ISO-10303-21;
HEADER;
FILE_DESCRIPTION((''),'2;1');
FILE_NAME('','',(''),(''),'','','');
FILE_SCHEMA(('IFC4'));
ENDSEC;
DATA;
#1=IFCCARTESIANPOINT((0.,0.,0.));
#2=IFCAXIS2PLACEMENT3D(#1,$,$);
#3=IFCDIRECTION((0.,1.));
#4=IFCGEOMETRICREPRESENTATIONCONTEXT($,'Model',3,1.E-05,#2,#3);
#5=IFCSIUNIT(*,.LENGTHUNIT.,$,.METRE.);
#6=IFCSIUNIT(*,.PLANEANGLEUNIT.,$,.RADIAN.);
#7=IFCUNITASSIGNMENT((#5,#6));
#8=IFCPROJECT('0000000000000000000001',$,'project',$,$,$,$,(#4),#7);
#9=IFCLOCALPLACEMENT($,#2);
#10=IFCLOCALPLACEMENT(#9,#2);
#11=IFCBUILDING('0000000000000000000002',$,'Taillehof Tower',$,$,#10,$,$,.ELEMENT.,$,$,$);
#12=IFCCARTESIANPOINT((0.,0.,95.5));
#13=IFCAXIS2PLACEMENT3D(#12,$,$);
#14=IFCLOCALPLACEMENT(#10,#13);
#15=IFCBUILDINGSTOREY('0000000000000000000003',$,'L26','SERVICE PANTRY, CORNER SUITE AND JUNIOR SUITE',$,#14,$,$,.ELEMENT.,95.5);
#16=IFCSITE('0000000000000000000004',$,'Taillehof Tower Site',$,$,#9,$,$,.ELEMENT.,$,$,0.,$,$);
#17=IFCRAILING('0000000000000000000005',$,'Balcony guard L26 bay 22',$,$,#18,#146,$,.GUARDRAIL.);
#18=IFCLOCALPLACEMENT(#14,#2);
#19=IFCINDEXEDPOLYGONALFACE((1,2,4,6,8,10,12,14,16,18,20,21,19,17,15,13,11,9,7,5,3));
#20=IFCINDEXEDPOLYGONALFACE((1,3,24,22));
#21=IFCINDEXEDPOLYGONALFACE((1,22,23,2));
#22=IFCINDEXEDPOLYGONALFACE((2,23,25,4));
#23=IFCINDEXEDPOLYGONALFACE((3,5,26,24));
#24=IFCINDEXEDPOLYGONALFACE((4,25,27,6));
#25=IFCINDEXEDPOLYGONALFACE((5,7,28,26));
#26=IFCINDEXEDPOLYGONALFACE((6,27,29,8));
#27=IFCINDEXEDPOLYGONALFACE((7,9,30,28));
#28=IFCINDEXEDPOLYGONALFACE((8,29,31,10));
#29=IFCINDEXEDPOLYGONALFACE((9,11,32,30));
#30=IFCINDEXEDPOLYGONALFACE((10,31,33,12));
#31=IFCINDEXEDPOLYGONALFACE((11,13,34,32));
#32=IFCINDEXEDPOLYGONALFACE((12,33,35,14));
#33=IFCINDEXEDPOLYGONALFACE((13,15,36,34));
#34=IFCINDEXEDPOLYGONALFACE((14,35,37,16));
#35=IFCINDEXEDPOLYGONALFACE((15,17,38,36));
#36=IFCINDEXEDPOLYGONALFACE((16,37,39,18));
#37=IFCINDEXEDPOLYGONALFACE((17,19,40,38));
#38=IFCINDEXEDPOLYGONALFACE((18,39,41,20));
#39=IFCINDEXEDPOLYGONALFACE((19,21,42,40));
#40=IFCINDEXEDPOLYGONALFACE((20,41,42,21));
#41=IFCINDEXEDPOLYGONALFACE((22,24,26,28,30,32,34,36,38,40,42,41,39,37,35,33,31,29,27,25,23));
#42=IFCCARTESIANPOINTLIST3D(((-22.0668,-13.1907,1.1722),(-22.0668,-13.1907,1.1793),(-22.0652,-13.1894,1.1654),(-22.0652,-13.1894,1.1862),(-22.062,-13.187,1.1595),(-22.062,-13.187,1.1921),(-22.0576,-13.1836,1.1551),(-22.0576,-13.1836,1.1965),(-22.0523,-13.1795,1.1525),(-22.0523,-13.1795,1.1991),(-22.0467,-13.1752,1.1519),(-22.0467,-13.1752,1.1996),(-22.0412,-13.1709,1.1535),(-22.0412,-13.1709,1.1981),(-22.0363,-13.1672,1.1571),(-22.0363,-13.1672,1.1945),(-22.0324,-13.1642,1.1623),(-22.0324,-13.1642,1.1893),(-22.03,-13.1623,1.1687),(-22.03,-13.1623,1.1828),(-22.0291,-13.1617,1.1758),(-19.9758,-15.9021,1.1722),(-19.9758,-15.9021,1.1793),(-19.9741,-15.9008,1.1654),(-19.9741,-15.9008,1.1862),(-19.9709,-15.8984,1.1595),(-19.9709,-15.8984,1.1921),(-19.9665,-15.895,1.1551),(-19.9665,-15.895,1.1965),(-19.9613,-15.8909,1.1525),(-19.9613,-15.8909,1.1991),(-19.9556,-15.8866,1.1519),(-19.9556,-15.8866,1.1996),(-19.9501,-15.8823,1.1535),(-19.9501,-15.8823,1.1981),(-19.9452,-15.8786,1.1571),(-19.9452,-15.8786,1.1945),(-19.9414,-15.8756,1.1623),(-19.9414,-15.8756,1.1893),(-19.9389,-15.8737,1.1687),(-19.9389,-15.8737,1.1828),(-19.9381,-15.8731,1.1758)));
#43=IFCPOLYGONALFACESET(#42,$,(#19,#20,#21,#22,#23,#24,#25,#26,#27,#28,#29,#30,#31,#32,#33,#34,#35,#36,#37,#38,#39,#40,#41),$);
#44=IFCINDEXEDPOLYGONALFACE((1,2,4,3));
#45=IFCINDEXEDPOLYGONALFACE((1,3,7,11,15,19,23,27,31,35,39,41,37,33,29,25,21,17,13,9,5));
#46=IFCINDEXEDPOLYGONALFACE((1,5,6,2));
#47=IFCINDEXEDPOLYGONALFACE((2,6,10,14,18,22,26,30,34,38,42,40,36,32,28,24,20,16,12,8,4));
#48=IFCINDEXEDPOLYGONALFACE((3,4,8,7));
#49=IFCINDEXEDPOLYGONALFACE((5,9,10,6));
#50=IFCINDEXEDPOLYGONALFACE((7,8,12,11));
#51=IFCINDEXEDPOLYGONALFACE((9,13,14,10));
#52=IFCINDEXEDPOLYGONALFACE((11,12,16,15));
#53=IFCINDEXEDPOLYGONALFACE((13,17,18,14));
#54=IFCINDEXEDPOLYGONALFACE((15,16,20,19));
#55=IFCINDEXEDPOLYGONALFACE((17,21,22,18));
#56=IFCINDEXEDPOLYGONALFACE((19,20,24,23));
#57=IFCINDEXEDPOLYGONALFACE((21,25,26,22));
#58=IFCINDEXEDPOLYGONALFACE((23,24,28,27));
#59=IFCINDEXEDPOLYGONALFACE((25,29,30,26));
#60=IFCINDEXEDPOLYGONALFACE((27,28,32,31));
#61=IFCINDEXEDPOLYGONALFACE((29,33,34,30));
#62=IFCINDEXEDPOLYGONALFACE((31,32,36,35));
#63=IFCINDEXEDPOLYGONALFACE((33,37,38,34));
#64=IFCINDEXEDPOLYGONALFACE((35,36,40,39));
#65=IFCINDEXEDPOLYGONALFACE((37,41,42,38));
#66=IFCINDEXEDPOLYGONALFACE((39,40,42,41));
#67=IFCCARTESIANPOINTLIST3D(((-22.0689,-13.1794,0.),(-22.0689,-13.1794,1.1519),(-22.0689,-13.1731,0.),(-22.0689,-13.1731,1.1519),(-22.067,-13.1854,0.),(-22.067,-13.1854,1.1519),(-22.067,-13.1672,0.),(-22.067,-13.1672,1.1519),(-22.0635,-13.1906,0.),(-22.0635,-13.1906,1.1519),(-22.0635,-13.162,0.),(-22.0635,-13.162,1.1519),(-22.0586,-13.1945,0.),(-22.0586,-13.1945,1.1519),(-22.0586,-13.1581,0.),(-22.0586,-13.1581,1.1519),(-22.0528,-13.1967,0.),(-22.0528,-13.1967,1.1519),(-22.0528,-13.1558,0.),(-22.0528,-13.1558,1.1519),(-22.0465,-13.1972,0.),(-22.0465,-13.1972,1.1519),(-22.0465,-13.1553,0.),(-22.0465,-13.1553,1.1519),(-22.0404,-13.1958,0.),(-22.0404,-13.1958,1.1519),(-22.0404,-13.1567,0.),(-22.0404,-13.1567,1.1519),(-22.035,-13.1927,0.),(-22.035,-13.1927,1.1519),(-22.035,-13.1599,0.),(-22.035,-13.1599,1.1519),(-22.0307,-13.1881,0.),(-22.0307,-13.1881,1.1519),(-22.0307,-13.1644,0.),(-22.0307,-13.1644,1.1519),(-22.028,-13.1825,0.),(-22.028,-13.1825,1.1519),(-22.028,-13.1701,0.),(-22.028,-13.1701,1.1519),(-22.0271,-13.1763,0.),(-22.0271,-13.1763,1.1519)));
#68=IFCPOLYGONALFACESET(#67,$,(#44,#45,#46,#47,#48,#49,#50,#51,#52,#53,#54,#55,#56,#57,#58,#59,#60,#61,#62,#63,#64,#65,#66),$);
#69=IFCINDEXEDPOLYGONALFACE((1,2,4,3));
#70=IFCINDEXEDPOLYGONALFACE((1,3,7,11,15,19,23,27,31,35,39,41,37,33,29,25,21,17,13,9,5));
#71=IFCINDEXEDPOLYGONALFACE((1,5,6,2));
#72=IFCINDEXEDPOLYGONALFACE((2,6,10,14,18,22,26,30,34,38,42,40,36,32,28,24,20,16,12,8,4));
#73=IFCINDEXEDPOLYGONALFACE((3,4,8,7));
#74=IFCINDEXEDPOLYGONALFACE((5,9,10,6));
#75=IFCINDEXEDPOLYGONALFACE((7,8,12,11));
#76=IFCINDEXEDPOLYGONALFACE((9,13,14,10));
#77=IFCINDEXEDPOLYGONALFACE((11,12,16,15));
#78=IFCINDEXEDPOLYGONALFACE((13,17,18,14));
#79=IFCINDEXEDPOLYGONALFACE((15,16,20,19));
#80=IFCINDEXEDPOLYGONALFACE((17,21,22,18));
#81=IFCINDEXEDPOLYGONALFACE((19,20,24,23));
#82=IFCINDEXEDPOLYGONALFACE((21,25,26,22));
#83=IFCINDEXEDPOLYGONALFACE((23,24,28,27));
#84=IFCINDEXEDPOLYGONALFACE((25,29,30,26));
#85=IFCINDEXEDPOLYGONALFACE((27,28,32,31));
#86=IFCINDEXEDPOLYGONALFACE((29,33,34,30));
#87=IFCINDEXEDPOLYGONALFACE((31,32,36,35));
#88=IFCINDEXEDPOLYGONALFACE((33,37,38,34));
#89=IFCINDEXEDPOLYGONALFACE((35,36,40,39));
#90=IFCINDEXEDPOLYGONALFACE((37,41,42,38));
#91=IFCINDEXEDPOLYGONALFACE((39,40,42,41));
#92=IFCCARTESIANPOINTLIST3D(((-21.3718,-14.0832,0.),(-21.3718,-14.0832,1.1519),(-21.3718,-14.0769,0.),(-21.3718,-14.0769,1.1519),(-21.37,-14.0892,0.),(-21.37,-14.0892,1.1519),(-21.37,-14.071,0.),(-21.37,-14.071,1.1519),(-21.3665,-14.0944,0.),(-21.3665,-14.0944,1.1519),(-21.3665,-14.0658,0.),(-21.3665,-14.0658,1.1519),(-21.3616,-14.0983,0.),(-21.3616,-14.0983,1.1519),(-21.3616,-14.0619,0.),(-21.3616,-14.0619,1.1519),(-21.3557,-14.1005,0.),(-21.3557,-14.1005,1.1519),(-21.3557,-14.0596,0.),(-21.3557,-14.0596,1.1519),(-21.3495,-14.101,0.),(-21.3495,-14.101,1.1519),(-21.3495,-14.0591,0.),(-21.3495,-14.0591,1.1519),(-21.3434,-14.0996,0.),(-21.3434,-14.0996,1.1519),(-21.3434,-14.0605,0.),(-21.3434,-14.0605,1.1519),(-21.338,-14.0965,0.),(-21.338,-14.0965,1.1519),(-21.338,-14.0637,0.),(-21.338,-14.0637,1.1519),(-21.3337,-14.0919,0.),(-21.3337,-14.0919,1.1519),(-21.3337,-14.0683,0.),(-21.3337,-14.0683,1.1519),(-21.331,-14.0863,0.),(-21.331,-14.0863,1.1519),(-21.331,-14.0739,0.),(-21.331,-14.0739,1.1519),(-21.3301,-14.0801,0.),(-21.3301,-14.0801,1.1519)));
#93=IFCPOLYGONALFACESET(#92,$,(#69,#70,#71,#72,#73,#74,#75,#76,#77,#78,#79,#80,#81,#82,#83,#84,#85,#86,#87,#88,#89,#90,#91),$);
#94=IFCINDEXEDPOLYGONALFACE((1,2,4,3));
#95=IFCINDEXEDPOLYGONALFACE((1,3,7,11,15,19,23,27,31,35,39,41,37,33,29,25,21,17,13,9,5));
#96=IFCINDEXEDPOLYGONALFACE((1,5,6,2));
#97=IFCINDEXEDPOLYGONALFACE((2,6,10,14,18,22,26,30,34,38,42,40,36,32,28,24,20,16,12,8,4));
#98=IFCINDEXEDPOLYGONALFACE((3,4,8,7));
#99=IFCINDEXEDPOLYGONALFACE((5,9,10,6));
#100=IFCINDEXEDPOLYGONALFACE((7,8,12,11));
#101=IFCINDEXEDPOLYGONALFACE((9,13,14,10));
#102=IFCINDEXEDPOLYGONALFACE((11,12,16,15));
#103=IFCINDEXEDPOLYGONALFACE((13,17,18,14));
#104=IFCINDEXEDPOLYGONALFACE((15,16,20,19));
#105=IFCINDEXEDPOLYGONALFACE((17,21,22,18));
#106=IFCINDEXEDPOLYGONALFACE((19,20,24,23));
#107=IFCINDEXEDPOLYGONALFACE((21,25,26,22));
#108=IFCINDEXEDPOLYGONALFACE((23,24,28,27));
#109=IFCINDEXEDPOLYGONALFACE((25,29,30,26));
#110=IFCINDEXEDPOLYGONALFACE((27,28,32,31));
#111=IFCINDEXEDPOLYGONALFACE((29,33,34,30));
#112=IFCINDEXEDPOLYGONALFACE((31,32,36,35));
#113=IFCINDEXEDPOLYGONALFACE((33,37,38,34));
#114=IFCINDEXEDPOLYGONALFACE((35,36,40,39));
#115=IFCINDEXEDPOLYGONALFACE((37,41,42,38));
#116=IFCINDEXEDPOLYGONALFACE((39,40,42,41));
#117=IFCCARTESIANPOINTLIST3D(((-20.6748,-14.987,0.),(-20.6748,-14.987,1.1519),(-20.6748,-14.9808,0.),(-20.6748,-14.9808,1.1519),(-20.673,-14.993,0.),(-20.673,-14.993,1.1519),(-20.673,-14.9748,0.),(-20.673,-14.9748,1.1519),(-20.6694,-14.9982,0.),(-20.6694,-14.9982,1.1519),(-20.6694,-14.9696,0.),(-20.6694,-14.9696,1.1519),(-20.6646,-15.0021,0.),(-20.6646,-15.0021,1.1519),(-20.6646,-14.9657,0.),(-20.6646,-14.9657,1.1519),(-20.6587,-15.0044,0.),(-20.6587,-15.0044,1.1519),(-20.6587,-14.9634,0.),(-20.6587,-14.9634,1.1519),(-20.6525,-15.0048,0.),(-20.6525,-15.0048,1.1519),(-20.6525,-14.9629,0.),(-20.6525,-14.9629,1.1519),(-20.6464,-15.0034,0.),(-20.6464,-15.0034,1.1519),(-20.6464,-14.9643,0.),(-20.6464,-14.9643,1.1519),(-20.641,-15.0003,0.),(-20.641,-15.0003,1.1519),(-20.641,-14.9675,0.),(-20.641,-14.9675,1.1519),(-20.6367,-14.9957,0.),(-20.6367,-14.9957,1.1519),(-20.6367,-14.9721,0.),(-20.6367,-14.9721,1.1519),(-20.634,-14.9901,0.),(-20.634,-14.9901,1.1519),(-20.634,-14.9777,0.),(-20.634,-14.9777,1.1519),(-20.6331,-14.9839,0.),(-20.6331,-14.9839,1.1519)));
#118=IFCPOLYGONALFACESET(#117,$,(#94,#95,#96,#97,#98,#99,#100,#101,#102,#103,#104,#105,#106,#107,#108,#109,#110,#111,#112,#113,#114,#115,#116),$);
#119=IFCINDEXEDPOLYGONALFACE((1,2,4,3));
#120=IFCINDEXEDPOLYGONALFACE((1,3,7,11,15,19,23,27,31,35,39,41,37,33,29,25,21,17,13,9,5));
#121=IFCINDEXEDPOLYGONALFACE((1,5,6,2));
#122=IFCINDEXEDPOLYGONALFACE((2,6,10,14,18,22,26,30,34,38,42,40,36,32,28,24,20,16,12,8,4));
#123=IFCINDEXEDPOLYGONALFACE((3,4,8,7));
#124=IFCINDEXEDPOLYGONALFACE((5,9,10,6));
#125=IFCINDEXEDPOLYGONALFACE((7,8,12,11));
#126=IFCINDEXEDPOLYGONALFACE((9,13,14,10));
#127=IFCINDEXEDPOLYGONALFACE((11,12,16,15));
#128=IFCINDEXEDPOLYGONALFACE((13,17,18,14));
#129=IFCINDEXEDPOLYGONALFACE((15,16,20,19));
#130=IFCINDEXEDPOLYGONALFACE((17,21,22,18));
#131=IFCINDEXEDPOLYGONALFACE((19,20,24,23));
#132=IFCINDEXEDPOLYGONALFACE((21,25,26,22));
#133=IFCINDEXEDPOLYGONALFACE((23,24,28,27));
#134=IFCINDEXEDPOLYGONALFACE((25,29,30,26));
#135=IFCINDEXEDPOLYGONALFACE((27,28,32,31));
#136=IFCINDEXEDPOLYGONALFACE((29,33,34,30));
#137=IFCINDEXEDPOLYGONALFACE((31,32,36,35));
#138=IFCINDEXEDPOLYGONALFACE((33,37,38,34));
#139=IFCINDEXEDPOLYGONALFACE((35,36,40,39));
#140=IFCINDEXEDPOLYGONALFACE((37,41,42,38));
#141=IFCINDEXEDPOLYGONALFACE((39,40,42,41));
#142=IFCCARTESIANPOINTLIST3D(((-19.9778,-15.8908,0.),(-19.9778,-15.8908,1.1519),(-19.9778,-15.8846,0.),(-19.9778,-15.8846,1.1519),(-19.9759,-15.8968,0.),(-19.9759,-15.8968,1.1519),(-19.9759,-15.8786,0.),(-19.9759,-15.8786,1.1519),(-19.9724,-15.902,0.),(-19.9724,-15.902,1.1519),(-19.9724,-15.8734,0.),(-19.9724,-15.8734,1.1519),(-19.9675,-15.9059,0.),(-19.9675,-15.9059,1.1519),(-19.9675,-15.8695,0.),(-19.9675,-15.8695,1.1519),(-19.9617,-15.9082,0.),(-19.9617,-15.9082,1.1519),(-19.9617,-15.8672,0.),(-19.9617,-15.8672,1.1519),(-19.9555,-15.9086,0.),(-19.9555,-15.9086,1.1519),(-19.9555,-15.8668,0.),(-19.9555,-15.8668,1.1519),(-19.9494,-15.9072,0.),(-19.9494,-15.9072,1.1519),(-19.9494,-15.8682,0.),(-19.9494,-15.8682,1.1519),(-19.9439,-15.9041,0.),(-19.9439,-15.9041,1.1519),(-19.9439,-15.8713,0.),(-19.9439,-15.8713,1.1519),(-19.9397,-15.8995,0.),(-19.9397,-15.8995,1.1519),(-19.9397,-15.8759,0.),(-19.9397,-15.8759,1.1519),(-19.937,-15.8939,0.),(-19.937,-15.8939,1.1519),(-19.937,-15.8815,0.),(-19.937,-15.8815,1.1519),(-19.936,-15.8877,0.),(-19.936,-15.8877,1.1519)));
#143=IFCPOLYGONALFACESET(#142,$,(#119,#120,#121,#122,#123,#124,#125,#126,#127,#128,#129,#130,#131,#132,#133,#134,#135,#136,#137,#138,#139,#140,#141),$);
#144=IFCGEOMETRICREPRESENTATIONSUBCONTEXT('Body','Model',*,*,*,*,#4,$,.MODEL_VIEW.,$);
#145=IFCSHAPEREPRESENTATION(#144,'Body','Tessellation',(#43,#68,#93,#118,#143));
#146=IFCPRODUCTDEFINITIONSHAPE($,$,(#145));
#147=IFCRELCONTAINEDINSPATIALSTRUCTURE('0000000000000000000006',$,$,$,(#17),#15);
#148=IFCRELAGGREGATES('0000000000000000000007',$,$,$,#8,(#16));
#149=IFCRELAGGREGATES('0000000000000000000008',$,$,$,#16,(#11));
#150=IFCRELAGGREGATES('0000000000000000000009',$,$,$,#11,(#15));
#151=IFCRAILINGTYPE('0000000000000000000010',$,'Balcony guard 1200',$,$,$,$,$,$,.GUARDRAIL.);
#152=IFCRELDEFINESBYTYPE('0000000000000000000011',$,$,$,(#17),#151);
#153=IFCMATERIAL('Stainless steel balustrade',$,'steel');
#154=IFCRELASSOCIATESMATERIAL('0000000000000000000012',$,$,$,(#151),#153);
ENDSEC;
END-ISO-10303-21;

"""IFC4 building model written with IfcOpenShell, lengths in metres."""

from ifc_helpers import new_model, si_unit, direction, frame, origin, origin_2d, place, context, subcontext, project, spatial, circle, extrude, material, type_object, element, save


model = new_model("IFC4")

# Units and contexts
model_context = context("Model", 3, precision=1e-05, world=origin(), true_north=direction((0.0, 1.0)))
body_context = subcontext(model_context, "Body", "Model", "MODEL_VIEW")
ifc_project = project(units=[si_unit("LENGTHUNIT", "METRE"), si_unit("PLANEANGLEUNIT", "RADIAN")], contexts=[model_context])

# Site, building, storey
site_placement = place(None, origin())
site = spatial("IfcSite", under=ifc_project, at=site_placement, Name="Taillehof Tower Site", CompositionType="ELEMENT", RefElevation=0.0)
building_placement = place(site_placement, origin())
building = spatial("IfcBuilding", under=site, at=building_placement, Name="Taillehof Tower", CompositionType="ELEMENT")
storey_placement = place(building_placement, frame((0.0, 0.0, 95.5)))
storey = spatial("IfcBuildingStorey", under=building, at=storey_placement, Name="L26", Description="SERVICE PANTRY, CORNER SUITE AND JUNIOR SUITE", CompositionType="ELEMENT", Elevation=95.5)

# Railing
ifc_material_1 = material(Name="Stainless steel balustrade", Category="steel")
railing_type = type_object("IfcRailingType", Name="Balcony guard 1200", PredefinedType="GUARDRAIL", material=ifc_material_1)
railing_1_placement = place(storey_placement, frame((-22.0481, -13.1763, 0.0)))
element("IfcRailing", 1, at=railing_1_placement, inside=storey, type_object=railing_type, Name="Balcony guard L26 bay 22", PredefinedType="GUARDRAIL", context=body_context, shape_type="SweptSolid", body=[
    extrude(circle(Radius=0.0239, at=origin_2d()), frame((0.0, 0.0, 1.1758), z_axis=(0.610692, -0.791868, 0.0), x_axis=(0.791868, 0.610692, 0.0)), (0.0, 0.0, 1.0), 3.4241),
    extrude(circle(Radius=0.021, at=origin_2d()), origin(), (0.0, 0.0, 1.0), 1.1519),
    extrude(circle(Radius=0.021, at=origin_2d()), frame((0.697, -0.9038, 0.0)), (0.0, 0.0, 1.0), 1.1519),
    extrude(circle(Radius=0.021, at=origin_2d()), frame((1.394, -1.8076, 0.0)), (0.0, 0.0, 1.0), 1.1519),
    extrude(circle(Radius=0.021, at=origin_2d()), frame((2.0911, -2.7114, 0.0)), (0.0, 0.0, 1.0), 1.1519),
])

save(model, "model.ifc")
